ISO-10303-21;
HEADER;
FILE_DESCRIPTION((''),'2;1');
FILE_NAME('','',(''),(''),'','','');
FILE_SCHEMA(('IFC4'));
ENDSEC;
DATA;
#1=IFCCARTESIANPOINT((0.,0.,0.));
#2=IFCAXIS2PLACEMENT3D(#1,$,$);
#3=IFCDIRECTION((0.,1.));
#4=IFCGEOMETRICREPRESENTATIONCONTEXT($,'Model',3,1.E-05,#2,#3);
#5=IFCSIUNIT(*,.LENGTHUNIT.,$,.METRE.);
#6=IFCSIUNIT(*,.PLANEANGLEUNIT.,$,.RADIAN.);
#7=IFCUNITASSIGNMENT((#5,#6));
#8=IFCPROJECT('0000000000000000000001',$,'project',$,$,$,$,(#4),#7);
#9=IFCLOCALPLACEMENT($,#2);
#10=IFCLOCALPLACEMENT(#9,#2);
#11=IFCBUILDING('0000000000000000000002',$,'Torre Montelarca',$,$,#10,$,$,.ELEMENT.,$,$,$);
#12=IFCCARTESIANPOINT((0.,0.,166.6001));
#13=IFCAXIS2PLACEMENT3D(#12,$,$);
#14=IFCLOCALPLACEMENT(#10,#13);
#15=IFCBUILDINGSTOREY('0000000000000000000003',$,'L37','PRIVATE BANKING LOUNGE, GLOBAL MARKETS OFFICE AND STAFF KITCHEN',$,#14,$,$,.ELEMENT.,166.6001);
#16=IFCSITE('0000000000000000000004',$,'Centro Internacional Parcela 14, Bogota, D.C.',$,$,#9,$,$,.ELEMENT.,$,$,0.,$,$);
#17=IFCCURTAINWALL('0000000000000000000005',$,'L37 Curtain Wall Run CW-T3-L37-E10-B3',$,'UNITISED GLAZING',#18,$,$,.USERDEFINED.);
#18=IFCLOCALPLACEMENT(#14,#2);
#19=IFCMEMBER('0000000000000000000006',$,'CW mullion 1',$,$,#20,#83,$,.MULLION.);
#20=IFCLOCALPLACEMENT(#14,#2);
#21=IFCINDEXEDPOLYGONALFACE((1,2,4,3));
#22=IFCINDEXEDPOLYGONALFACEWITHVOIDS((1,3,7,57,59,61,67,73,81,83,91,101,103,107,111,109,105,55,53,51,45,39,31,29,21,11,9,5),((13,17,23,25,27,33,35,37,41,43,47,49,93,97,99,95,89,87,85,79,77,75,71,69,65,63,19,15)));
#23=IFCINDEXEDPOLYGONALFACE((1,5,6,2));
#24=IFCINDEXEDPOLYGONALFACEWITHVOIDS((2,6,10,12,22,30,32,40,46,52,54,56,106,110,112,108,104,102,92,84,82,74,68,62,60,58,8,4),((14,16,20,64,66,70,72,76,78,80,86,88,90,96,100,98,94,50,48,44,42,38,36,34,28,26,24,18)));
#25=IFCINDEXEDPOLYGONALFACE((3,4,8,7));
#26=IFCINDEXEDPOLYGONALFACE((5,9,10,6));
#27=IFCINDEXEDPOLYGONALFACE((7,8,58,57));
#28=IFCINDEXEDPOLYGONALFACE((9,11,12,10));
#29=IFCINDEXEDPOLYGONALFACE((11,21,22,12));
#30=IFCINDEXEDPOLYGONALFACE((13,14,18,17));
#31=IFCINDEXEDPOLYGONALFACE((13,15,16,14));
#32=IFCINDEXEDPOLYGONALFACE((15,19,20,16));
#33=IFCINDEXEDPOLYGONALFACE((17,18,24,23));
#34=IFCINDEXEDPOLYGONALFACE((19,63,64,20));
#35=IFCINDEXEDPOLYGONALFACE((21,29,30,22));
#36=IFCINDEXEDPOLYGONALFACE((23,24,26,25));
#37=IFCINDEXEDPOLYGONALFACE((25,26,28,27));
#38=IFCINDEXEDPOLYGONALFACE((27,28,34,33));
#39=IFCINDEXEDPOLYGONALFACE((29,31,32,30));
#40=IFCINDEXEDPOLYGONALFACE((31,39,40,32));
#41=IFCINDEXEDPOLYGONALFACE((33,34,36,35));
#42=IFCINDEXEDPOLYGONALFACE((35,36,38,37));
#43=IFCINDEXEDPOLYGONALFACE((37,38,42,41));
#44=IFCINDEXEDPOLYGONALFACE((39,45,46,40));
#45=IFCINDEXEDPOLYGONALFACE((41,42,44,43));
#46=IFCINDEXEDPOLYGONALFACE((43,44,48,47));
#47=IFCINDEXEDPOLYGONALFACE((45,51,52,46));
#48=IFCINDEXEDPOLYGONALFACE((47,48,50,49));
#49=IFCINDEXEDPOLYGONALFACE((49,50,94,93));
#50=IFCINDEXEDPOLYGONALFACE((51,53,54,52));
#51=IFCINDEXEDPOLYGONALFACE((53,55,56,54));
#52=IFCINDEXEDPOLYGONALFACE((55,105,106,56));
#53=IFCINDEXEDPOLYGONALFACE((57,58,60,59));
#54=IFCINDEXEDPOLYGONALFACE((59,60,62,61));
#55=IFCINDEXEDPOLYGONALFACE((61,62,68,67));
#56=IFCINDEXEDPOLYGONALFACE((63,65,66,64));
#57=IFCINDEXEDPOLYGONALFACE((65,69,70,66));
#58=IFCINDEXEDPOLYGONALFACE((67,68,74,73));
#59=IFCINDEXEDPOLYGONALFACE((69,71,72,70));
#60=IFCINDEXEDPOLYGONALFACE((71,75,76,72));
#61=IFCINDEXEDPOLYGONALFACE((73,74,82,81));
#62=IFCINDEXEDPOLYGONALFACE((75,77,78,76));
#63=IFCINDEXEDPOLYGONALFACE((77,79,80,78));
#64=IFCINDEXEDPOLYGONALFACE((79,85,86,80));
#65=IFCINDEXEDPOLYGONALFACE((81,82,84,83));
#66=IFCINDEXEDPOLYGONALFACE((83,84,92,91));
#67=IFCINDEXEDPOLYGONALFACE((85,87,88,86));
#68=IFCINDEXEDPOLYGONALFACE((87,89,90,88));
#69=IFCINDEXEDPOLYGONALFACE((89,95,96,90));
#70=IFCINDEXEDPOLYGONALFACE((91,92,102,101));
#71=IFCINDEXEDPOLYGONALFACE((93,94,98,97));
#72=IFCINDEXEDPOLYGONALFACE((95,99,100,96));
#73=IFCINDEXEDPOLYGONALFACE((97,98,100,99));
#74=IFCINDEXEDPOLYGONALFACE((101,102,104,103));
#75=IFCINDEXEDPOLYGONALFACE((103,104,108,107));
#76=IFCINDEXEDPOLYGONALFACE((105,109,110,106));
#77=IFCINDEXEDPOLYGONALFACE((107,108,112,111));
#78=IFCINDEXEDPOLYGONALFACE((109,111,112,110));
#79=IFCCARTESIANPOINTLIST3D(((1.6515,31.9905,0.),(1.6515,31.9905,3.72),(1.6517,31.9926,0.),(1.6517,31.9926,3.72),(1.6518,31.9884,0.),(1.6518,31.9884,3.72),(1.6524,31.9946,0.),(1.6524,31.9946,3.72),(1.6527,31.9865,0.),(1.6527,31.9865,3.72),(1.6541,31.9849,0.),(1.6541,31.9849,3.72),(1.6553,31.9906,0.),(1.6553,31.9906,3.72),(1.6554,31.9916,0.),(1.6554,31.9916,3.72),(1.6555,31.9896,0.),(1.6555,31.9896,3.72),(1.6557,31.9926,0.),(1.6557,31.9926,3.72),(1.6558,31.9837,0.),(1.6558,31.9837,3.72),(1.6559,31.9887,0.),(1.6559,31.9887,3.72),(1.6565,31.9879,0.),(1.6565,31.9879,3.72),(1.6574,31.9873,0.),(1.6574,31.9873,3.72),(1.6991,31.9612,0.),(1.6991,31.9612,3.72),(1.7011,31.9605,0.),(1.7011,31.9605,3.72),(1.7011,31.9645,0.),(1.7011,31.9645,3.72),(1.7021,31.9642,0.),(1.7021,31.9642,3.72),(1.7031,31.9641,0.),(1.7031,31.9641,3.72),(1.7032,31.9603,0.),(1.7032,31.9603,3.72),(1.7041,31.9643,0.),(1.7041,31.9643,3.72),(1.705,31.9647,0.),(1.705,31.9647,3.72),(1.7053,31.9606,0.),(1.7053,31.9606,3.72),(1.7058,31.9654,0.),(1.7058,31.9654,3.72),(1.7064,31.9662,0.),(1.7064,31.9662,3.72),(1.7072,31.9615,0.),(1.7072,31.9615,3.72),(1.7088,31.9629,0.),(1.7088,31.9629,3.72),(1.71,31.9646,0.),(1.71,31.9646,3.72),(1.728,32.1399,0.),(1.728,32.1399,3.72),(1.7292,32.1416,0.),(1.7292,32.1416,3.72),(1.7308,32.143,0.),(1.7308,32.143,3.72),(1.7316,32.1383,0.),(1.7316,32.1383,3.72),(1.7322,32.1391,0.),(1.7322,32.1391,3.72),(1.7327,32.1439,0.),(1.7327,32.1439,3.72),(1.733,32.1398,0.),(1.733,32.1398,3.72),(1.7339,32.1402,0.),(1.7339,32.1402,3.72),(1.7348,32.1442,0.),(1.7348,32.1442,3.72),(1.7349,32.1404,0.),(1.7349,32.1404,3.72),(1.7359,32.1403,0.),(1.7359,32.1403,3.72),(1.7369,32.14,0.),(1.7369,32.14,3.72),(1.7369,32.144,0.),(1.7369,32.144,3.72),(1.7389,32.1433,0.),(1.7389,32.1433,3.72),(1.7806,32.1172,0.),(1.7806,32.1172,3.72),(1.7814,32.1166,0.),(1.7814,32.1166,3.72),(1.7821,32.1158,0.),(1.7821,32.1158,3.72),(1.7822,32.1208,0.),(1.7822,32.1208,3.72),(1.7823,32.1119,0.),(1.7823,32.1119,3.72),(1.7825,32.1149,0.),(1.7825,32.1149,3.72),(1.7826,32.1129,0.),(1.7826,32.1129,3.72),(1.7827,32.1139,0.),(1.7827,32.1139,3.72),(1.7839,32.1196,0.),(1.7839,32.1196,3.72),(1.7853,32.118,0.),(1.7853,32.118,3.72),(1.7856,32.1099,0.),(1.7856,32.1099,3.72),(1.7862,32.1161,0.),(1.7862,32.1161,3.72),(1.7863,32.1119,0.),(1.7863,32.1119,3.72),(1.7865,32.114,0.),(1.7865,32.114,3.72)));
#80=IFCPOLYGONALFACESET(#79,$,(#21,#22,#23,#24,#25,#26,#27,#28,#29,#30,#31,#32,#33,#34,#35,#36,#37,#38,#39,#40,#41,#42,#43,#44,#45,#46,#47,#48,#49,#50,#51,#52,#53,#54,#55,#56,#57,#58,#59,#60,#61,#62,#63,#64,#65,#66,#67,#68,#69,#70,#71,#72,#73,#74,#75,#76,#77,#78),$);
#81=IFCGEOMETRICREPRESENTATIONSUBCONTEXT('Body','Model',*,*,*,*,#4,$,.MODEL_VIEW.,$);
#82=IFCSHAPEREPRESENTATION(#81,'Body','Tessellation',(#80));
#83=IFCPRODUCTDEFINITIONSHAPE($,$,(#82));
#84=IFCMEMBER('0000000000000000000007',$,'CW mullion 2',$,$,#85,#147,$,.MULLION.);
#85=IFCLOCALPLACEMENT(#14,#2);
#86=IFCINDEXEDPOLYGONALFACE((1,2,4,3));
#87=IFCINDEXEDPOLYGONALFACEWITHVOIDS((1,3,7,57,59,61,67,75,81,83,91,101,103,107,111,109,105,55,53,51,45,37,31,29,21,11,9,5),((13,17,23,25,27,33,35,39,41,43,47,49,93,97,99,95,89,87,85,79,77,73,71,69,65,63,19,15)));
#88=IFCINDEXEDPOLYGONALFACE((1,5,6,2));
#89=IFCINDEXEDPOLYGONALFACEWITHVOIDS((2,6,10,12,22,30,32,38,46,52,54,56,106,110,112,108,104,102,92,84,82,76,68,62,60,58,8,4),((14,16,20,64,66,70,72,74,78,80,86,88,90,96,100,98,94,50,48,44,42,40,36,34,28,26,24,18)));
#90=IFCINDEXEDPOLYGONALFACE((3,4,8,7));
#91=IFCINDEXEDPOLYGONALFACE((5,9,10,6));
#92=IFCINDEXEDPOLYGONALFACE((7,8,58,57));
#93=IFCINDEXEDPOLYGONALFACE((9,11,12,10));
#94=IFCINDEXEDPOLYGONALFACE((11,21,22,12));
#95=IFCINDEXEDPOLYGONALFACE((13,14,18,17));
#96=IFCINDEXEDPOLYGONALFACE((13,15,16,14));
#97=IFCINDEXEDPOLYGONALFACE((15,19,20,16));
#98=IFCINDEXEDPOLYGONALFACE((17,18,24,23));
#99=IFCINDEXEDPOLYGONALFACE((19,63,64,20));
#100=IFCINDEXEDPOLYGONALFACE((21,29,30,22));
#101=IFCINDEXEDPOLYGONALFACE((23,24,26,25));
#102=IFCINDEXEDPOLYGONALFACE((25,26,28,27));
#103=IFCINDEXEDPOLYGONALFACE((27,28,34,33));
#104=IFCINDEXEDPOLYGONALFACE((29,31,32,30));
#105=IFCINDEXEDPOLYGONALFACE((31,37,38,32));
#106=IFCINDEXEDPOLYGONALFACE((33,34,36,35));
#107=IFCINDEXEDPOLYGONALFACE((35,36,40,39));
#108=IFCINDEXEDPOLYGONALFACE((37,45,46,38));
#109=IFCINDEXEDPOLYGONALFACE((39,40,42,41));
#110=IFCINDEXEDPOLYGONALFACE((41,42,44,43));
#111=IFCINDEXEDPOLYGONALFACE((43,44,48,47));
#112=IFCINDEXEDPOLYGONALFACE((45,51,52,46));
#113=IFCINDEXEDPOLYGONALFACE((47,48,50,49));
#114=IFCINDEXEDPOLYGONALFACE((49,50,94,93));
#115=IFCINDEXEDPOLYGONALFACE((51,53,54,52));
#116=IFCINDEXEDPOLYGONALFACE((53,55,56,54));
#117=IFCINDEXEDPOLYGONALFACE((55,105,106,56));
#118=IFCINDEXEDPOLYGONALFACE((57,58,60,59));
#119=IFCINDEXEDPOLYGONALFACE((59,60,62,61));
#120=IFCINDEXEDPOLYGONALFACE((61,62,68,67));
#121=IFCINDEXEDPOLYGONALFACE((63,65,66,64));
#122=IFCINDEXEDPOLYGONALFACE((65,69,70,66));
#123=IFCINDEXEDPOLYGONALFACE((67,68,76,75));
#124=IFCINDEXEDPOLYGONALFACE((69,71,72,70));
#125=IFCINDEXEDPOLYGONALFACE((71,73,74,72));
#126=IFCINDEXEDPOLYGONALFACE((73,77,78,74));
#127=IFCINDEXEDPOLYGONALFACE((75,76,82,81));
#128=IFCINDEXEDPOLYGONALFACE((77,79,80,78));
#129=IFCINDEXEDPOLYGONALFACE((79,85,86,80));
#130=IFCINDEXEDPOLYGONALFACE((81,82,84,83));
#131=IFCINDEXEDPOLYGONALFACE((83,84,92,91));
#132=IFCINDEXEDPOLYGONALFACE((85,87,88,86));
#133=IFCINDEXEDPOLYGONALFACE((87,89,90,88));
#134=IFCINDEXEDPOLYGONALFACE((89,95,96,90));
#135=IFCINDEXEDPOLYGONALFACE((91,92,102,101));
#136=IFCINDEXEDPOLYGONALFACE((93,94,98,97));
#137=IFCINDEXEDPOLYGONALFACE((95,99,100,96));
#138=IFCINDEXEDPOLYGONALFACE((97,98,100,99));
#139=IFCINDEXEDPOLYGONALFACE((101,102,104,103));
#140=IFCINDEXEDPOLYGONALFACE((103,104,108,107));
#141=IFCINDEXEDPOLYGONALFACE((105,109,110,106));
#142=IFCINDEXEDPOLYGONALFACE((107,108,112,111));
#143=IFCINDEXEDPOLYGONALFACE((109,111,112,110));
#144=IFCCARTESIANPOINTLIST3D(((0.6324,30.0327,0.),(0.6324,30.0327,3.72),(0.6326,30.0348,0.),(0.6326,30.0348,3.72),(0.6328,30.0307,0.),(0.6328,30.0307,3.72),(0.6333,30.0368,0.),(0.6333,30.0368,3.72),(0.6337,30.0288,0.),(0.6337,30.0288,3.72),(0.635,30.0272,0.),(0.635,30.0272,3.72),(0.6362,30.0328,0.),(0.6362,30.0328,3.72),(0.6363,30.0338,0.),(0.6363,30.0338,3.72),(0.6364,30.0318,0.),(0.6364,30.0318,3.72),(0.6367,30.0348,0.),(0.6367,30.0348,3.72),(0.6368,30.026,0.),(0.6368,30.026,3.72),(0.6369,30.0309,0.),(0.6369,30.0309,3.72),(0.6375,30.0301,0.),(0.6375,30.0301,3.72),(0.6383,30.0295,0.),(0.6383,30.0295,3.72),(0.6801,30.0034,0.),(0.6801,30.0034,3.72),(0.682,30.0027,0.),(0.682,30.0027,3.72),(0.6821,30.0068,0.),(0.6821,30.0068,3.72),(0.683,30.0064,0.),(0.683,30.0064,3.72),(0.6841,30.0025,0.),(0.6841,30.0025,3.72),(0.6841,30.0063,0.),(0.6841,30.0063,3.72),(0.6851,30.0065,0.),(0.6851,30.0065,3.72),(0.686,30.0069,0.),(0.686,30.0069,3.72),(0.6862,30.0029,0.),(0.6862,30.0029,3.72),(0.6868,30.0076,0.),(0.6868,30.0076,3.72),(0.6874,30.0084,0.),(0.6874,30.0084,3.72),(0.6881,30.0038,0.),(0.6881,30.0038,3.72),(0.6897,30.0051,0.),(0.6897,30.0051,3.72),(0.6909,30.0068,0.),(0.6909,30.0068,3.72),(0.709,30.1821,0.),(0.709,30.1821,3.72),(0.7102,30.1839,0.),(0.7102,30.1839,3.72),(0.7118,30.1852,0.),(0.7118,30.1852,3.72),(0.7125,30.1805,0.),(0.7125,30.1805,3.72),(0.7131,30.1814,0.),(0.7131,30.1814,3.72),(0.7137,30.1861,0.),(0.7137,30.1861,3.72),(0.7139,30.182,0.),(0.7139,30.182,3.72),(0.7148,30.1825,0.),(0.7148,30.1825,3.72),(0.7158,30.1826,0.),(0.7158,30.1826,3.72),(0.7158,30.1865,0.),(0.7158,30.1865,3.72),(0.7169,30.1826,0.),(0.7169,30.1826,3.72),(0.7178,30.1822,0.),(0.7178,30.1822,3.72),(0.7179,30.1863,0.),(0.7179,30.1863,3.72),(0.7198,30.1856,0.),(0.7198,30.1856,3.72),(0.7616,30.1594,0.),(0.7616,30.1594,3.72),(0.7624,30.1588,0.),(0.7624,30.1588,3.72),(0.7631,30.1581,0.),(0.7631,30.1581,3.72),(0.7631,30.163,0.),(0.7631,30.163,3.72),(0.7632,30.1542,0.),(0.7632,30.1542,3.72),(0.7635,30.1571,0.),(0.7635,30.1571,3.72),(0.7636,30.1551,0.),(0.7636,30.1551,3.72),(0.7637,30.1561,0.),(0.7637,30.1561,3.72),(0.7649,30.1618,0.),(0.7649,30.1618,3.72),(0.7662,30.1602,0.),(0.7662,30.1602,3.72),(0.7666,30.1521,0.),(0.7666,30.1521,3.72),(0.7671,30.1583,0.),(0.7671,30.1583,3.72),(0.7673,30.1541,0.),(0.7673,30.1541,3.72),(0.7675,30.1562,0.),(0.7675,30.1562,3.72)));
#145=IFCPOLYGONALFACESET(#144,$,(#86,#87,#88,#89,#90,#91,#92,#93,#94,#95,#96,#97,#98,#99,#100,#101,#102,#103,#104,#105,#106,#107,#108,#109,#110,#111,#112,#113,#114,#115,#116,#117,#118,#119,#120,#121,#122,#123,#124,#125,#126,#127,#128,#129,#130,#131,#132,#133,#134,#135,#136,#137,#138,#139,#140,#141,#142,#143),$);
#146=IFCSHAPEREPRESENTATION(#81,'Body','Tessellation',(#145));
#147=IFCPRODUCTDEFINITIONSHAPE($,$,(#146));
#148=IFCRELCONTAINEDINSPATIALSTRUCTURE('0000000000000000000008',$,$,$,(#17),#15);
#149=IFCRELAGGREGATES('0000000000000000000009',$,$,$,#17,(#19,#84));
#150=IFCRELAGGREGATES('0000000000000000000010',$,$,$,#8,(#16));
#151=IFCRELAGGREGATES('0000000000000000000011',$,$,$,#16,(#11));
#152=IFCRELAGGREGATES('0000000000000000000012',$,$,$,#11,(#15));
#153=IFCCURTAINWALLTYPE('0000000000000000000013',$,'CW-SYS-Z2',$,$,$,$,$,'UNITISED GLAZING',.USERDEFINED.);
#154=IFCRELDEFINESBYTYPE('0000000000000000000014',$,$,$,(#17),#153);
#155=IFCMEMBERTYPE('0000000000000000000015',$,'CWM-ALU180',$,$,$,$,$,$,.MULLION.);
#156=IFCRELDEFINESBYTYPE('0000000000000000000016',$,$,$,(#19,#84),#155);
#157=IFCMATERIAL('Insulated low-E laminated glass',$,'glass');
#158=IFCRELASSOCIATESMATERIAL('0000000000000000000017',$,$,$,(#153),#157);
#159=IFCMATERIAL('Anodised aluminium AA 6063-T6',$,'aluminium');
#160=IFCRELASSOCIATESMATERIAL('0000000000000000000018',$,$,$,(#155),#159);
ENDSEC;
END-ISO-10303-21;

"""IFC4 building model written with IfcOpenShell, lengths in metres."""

from ifc_helpers import new_model, si_unit, direction, frame, origin, origin_2d, place, context, subcontext, project, spatial, hollow_rectangle, extrude, source, transform, mapped, material, material_profile, profile_set, type_object, element, aggregate, save


model = new_model("IFC4")

# Units and contexts
model_context = context("Model", 3, precision=1e-05, world=origin(), true_north=direction((0.0, 1.0)))
body_context = subcontext(model_context, "Body", "Model", "MODEL_VIEW")
ifc_project = project(units=[si_unit("LENGTHUNIT", "METRE"), si_unit("PLANEANGLEUNIT", "RADIAN")], contexts=[model_context])

# Site, building, storey
site_placement = place(None, origin())
site = spatial("IfcSite", under=ifc_project, at=site_placement, Name="Centro Internacional Parcela 14, Bogota, D.C.", CompositionType="ELEMENT", RefElevation=0.0)
building_placement = place(site_placement, origin())
building = spatial("IfcBuilding", under=site, at=building_placement, Name="Torre Montelarca", CompositionType="ELEMENT")
storey_placement = place(building_placement, frame((0.0, 0.0, 166.6001)))
storey = spatial("IfcBuildingStorey", under=building, at=storey_placement, Name="L37", Description="PRIVATE BANKING LOUNGE, GLOBAL MARKETS OFFICE AND STAFF KITCHEN", CompositionType="ELEMENT", Elevation=166.6001)

# Curtain wall, members
ifc_material_1 = material(Name="Insulated low-E laminated glass", Category="glass")
curtain_wall_type = type_object("IfcCurtainWallType", Name="CW-SYS-Z2", ElementType="UNITISED GLAZING", PredefinedType="USERDEFINED", material=ifc_material_1)
ifc_material_2 = material(Name="Anodised aluminium AA 6063-T6", Category="aluminium")
ifc_material_profile_1 = material_profile(ifc_material_2, hollow_rectangle(XDim=0.0649, YDim=0.1799, WallThickness=0.0039, InnerFilletRadius=0.0039, OuterFilletRadius=0.0081, at=origin_2d()), Name="ALU65X180X4", Category="aluminium")
ifc_profile_set_1 = profile_set([ifc_material_profile_1], Name="Anodised aluminium AA 6063-T6")
member_type_1 = type_object("IfcMemberType", Name="CWM-ALU180", PredefinedType="MULLION", material=ifc_profile_set_1)
shared_shape_1 = source(origin(), body_context, "Body", "SweptSolid", [
    extrude(hollow_rectangle(XDim=0.0649, YDim=0.1799, WallThickness=0.0039, InnerFilletRadius=0.0039, OuterFilletRadius=0.0081, at=origin_2d()), origin(), (0.0, 0.0, 1.0), 3.72),
])
curtain_wall_1_placement = place(storey_placement, origin())
curtain_wall_1 = element("IfcCurtainWall", 1, at=curtain_wall_1_placement, inside=storey, type_object=curtain_wall_type, Name="L37 Curtain Wall Run CW-T3-L37-E10-B3", ObjectType="UNITISED GLAZING", PredefinedType="USERDEFINED")
member_1_placement = place(storey_placement, frame((1.719, 32.0522, 0.0), z_axis=(0.0, 0.0, 1.0), x_axis=(0.887017, -0.461737, 0.0)))
member_1 = element("IfcMember", 2, at=member_1_placement, type_object=member_type_1, Name="CW mullion 1", PredefinedType="MULLION", context=body_context, shape_type="MappedRepresentation", body=[
    mapped(shared_shape_1, transform((0.0, 0.0, 0.0), scale=1.0)),
])
member_2_placement = place(storey_placement, frame((0.7, 30.0945, 0.0), z_axis=(0.0, 0.0, 1.0), x_axis=(0.887017, -0.461737, 0.0)))
member_2 = element("IfcMember", 3, at=member_2_placement, type_object=member_type_1, Name="CW mullion 2", PredefinedType="MULLION", context=body_context, shape_type="MappedRepresentation", body=[
    mapped(shared_shape_1, transform((0.0, 0.0, 0.0), scale=1.0)),
])

aggregate(curtain_wall_1, [member_1, member_2])

save(model, "model.ifc")
